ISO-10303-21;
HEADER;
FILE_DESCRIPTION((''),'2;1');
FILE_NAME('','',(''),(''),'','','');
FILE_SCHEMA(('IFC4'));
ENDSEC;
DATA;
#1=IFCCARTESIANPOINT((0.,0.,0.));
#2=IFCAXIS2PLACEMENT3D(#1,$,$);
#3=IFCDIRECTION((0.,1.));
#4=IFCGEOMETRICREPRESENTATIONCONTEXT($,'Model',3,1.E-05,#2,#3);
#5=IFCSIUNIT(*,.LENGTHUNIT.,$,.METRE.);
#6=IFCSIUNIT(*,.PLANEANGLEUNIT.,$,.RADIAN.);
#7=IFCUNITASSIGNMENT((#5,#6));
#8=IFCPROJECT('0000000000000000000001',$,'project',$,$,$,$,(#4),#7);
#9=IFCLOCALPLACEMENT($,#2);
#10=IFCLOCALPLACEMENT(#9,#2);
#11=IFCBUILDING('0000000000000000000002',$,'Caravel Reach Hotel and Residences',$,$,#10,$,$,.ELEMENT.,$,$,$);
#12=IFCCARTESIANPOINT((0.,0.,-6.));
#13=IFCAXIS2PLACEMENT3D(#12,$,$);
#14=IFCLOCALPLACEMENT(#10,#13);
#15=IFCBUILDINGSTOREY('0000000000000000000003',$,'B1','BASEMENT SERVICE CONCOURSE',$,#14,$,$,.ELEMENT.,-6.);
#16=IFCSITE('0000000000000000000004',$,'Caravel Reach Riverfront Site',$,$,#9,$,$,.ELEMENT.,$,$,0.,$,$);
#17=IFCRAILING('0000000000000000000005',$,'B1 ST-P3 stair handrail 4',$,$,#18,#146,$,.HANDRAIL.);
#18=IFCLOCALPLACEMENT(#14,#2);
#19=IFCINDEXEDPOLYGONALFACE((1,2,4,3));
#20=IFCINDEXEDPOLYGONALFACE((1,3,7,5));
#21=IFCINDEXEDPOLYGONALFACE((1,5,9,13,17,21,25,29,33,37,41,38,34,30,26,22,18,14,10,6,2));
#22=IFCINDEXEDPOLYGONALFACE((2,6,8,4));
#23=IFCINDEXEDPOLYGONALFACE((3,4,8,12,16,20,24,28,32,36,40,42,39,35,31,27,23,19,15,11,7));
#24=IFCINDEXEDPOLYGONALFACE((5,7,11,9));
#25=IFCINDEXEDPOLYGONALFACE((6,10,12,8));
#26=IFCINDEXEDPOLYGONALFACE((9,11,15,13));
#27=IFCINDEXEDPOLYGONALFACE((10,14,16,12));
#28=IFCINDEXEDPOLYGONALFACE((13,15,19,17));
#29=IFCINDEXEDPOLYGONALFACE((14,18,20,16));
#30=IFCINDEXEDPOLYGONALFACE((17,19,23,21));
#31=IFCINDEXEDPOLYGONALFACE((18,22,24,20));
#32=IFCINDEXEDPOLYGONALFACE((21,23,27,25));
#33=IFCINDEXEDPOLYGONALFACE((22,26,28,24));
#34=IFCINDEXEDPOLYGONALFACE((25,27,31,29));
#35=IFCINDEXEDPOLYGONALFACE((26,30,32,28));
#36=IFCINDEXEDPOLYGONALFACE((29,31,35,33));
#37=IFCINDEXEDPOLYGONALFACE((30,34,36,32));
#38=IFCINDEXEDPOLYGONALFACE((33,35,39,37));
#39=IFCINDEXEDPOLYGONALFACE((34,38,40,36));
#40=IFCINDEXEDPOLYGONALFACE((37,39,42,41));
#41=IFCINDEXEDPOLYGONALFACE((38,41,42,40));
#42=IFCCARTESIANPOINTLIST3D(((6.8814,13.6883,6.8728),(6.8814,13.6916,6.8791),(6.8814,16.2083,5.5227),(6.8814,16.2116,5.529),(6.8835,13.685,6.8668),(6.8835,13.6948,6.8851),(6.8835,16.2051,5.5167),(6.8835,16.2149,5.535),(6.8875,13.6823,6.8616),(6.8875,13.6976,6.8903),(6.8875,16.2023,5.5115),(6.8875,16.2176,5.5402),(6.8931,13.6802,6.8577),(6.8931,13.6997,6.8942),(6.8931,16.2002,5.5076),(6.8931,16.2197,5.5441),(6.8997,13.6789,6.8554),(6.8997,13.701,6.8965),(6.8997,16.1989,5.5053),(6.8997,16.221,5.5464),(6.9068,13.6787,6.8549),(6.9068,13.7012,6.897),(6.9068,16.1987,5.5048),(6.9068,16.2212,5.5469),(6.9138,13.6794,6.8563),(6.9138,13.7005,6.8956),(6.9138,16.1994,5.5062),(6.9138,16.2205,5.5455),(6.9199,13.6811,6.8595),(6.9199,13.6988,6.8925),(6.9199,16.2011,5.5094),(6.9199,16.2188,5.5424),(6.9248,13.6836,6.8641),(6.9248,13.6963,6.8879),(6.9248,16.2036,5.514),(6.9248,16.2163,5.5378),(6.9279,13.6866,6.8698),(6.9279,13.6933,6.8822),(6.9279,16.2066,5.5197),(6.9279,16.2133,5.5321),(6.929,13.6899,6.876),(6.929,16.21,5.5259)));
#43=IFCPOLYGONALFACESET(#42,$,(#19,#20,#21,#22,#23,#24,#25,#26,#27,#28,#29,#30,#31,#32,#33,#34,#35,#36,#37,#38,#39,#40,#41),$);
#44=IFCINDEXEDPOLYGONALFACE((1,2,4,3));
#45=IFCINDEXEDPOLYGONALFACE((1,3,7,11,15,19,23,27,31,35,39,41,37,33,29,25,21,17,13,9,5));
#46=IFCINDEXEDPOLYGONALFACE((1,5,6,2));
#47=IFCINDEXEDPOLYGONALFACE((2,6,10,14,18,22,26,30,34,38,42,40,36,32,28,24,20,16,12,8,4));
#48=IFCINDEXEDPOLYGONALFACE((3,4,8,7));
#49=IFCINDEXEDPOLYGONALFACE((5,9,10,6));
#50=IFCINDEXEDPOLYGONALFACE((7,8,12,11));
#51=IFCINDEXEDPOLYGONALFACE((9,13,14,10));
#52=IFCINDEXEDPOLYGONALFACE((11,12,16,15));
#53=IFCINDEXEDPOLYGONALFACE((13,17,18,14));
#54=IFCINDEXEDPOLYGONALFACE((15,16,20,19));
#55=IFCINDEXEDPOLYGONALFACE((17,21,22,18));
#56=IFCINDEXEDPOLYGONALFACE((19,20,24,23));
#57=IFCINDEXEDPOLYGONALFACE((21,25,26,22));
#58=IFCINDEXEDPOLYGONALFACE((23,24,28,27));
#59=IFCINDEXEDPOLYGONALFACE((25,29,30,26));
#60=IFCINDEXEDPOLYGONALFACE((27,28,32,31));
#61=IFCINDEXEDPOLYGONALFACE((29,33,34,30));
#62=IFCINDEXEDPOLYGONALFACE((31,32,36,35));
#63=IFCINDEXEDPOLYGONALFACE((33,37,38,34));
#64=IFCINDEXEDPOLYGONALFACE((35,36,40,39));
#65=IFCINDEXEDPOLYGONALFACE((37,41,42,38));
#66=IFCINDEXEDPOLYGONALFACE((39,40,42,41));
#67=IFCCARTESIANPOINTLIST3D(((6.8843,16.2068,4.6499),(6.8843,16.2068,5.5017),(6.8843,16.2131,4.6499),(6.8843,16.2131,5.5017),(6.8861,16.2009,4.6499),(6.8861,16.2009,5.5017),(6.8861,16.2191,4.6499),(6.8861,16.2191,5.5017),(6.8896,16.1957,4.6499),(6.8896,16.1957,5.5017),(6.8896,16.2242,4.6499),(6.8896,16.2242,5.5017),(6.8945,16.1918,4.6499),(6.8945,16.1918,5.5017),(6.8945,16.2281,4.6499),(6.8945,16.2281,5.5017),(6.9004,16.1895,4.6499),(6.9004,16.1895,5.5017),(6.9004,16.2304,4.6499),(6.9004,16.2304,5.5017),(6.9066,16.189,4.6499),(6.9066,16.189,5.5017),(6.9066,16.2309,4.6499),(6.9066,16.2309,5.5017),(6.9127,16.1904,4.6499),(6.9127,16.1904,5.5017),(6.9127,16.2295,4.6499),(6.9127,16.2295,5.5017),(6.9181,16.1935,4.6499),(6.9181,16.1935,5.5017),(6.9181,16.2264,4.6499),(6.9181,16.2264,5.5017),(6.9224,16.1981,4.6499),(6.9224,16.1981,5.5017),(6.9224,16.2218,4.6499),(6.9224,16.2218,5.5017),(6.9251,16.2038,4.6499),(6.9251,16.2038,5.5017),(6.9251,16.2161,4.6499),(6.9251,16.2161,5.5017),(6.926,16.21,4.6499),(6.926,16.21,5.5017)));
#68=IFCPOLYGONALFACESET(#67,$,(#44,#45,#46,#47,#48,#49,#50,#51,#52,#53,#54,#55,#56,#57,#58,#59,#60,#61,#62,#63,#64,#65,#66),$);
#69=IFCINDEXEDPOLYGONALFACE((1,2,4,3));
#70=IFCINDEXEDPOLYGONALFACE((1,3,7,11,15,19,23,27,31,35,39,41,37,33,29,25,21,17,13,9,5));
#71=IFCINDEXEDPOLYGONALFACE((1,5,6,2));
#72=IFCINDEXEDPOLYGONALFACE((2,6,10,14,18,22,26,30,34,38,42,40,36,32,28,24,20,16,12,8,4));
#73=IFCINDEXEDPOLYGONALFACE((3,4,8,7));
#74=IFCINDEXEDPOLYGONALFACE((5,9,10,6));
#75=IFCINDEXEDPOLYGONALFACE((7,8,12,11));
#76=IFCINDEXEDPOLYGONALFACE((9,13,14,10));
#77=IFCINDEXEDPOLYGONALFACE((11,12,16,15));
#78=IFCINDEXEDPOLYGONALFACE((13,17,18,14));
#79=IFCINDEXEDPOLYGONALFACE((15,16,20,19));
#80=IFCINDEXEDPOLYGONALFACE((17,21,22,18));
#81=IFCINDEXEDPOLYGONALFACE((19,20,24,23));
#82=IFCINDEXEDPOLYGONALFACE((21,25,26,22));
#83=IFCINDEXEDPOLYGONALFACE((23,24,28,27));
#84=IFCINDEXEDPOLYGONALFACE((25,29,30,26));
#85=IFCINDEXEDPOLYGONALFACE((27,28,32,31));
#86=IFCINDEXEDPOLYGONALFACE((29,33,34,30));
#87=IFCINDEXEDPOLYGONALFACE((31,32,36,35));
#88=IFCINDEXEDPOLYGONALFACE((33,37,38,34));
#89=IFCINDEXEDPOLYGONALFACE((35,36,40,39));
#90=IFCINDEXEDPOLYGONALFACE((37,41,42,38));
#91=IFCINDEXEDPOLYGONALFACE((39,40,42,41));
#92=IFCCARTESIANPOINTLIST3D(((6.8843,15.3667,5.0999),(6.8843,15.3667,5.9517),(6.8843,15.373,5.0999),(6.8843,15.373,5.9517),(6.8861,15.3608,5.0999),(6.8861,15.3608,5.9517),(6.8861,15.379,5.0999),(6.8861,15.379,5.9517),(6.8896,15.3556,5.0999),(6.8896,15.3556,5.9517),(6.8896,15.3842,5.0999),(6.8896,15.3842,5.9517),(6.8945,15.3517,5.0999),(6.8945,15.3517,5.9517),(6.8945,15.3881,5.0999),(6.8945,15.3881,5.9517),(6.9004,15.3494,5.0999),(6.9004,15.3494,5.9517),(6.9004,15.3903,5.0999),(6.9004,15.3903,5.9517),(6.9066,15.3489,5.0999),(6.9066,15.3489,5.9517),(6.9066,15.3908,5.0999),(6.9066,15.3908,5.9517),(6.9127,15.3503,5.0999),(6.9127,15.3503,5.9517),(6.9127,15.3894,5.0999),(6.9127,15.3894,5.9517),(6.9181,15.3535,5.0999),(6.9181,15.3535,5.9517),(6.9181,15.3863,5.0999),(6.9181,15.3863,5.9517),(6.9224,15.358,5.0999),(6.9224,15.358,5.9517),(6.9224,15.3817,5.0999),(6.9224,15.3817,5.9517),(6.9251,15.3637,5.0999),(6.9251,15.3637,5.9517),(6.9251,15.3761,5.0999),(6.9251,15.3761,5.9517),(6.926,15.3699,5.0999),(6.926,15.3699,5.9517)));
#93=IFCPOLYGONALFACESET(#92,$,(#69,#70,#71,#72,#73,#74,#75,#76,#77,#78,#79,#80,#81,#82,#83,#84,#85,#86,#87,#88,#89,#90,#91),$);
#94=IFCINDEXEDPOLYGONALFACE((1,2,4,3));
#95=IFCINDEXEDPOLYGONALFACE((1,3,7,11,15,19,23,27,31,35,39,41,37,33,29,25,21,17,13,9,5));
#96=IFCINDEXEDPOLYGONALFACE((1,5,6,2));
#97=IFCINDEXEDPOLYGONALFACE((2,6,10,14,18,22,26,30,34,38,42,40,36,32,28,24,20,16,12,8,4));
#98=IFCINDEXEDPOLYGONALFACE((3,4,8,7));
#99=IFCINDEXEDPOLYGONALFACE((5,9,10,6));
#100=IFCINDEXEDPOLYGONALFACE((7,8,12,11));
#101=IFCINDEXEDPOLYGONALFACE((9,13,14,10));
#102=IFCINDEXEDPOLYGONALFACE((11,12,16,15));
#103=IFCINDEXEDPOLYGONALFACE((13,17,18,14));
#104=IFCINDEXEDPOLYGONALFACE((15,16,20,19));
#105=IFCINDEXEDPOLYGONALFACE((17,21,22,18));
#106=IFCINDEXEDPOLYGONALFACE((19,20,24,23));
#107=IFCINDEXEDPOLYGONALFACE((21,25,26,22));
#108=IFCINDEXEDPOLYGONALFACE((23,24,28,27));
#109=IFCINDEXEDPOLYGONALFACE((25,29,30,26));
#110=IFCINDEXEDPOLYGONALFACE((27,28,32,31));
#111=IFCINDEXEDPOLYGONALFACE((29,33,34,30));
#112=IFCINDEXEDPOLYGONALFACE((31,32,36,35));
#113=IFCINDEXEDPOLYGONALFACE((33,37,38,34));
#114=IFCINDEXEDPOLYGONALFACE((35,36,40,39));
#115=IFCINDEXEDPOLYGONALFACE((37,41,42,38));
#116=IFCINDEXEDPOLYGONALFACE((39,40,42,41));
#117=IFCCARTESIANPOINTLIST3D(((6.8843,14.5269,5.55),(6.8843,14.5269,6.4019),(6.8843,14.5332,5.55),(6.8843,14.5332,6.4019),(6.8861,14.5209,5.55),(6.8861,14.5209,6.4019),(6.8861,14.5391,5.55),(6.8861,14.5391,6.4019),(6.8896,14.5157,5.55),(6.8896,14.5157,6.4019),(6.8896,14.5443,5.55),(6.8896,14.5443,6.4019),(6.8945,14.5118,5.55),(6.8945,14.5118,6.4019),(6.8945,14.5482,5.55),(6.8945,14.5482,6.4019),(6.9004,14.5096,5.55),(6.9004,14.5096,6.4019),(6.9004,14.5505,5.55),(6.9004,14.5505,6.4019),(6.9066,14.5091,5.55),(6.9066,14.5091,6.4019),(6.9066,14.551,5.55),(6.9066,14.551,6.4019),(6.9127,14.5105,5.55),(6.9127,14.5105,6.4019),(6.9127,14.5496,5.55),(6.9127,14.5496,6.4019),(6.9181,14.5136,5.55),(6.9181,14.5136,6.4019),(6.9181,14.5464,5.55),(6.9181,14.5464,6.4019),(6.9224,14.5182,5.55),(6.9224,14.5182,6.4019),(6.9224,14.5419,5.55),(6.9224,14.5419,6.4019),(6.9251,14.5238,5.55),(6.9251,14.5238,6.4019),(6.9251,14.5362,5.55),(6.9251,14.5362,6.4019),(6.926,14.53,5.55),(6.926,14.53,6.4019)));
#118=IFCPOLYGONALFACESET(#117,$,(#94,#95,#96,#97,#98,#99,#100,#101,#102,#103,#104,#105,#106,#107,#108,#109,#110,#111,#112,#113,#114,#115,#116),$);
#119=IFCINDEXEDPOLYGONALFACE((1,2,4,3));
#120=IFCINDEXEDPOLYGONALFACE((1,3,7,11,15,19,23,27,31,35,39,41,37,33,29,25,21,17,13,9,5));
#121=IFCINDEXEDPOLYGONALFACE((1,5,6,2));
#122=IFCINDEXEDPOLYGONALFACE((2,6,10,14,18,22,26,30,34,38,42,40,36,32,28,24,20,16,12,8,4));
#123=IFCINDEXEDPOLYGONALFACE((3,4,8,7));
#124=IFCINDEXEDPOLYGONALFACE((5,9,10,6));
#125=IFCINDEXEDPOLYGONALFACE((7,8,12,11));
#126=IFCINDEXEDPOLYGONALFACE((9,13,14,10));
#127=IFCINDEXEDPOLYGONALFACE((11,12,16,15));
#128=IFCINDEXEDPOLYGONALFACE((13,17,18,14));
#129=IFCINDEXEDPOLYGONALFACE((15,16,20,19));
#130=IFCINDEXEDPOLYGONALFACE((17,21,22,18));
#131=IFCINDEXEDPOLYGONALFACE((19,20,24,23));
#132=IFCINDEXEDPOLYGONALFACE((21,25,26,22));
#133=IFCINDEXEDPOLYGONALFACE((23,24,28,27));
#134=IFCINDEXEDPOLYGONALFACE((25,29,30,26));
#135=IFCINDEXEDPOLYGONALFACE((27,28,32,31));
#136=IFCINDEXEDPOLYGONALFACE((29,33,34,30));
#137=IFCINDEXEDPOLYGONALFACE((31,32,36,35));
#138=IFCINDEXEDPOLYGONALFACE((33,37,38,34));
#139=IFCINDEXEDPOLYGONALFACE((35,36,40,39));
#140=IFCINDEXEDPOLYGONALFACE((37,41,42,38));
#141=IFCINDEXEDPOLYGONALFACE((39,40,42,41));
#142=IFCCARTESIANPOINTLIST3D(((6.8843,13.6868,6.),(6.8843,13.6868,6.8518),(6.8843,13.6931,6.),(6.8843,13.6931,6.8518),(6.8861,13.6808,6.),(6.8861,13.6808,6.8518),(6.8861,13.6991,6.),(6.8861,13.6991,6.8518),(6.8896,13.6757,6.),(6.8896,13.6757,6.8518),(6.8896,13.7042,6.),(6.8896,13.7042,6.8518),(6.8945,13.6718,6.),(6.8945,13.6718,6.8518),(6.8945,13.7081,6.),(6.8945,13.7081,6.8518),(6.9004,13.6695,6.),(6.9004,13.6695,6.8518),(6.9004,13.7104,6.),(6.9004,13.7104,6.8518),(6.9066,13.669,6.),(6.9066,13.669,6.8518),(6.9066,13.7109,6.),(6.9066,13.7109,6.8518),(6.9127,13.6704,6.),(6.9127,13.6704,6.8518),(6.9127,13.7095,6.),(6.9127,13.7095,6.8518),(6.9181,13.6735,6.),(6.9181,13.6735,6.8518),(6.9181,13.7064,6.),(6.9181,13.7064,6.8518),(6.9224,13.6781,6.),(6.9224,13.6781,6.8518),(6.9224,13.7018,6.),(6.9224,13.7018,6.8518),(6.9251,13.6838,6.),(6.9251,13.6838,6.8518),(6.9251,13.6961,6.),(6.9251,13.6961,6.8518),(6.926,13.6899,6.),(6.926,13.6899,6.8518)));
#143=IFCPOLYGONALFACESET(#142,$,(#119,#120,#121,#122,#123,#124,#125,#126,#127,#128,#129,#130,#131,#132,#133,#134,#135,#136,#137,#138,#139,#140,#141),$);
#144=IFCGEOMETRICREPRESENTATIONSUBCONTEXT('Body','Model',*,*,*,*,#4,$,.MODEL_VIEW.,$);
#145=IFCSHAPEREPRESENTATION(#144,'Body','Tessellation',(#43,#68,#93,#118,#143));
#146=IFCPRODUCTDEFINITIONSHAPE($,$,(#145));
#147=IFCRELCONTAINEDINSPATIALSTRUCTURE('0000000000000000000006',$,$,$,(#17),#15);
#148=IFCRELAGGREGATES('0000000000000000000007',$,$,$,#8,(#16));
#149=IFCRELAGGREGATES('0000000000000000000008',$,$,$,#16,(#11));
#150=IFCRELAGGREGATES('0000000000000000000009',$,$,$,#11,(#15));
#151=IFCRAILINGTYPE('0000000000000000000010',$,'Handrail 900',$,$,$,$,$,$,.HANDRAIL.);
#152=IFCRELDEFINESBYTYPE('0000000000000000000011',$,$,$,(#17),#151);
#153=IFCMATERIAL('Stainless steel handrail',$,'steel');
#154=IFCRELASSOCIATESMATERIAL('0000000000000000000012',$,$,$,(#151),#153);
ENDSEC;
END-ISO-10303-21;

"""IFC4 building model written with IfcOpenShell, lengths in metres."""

from ifc_helpers import new_model, si_unit, direction, frame, origin, origin_2d, place, context, subcontext, project, spatial, circle, extrude, material, type_object, element, save


model = new_model("IFC4")

# Units and contexts
model_context = context("Model", 3, precision=1e-05, world=origin(), true_north=direction((0.0, 1.0)))
body_context = subcontext(model_context, "Body", "Model", "MODEL_VIEW")
ifc_project = project(units=[si_unit("LENGTHUNIT", "METRE"), si_unit("PLANEANGLEUNIT", "RADIAN")], contexts=[model_context])

# Site, building, storey
site_placement = place(None, origin())
site = spatial("IfcSite", under=ifc_project, at=site_placement, Name="Caravel Reach Riverfront Site", CompositionType="ELEMENT", RefElevation=0.0)
building_placement = place(site_placement, origin())
building = spatial("IfcBuilding", under=site, at=building_placement, Name="Caravel Reach Hotel and Residences", CompositionType="ELEMENT")
storey_placement = place(building_placement, frame((0.0, 0.0, -6.0)))
storey = spatial("IfcBuildingStorey", under=building, at=storey_placement, Name="B1", Description="BASEMENT SERVICE CONCOURSE", CompositionType="ELEMENT", Elevation=-6.0)

# Railing
ifc_material_1 = material(Name="Stainless steel handrail", Category="steel")
railing_type_1 = type_object("IfcRailingType", Name="Handrail 900", PredefinedType="HANDRAIL", material=ifc_material_1)
for number, where, name in (
    (1, (6.905, 16.21, 4.6499), "B1 ST-P3 stair handrail 4"),
):
    element("IfcRailing", number, at=place(storey_placement, frame(where)), inside=storey, type_object=railing_type_1, Name=name, PredefinedType="HANDRAIL", context=body_context, shape_type="SweptSolid", body=[
        extrude(circle(Radius=0.0239, at=origin_2d()), frame((0.0, 0.0, 0.876), z_axis=(0.0, -0.881467, 0.472245), x_axis=(1.0, 0.0, 0.0)), (0.0, 0.0, 1.0), 2.8589),
        extrude(circle(Radius=0.021, at=origin_2d()), origin(), (0.0, 0.0, 1.0), 0.8518),
        extrude(circle(Radius=0.021, at=origin_2d()), frame((0.0, -0.8401, 0.45)), (0.0, 0.0, 1.0), 0.8518),
        extrude(circle(Radius=0.021, at=origin_2d()), frame((0.0, -1.6799, 0.9001)), (0.0, 0.0, 1.0), 0.8518),
        extrude(circle(Radius=0.021, at=origin_2d()), frame((0.0, -2.52, 1.3501)), (0.0, 0.0, 1.0), 0.8518),
    ])

save(model, "model.ifc")
